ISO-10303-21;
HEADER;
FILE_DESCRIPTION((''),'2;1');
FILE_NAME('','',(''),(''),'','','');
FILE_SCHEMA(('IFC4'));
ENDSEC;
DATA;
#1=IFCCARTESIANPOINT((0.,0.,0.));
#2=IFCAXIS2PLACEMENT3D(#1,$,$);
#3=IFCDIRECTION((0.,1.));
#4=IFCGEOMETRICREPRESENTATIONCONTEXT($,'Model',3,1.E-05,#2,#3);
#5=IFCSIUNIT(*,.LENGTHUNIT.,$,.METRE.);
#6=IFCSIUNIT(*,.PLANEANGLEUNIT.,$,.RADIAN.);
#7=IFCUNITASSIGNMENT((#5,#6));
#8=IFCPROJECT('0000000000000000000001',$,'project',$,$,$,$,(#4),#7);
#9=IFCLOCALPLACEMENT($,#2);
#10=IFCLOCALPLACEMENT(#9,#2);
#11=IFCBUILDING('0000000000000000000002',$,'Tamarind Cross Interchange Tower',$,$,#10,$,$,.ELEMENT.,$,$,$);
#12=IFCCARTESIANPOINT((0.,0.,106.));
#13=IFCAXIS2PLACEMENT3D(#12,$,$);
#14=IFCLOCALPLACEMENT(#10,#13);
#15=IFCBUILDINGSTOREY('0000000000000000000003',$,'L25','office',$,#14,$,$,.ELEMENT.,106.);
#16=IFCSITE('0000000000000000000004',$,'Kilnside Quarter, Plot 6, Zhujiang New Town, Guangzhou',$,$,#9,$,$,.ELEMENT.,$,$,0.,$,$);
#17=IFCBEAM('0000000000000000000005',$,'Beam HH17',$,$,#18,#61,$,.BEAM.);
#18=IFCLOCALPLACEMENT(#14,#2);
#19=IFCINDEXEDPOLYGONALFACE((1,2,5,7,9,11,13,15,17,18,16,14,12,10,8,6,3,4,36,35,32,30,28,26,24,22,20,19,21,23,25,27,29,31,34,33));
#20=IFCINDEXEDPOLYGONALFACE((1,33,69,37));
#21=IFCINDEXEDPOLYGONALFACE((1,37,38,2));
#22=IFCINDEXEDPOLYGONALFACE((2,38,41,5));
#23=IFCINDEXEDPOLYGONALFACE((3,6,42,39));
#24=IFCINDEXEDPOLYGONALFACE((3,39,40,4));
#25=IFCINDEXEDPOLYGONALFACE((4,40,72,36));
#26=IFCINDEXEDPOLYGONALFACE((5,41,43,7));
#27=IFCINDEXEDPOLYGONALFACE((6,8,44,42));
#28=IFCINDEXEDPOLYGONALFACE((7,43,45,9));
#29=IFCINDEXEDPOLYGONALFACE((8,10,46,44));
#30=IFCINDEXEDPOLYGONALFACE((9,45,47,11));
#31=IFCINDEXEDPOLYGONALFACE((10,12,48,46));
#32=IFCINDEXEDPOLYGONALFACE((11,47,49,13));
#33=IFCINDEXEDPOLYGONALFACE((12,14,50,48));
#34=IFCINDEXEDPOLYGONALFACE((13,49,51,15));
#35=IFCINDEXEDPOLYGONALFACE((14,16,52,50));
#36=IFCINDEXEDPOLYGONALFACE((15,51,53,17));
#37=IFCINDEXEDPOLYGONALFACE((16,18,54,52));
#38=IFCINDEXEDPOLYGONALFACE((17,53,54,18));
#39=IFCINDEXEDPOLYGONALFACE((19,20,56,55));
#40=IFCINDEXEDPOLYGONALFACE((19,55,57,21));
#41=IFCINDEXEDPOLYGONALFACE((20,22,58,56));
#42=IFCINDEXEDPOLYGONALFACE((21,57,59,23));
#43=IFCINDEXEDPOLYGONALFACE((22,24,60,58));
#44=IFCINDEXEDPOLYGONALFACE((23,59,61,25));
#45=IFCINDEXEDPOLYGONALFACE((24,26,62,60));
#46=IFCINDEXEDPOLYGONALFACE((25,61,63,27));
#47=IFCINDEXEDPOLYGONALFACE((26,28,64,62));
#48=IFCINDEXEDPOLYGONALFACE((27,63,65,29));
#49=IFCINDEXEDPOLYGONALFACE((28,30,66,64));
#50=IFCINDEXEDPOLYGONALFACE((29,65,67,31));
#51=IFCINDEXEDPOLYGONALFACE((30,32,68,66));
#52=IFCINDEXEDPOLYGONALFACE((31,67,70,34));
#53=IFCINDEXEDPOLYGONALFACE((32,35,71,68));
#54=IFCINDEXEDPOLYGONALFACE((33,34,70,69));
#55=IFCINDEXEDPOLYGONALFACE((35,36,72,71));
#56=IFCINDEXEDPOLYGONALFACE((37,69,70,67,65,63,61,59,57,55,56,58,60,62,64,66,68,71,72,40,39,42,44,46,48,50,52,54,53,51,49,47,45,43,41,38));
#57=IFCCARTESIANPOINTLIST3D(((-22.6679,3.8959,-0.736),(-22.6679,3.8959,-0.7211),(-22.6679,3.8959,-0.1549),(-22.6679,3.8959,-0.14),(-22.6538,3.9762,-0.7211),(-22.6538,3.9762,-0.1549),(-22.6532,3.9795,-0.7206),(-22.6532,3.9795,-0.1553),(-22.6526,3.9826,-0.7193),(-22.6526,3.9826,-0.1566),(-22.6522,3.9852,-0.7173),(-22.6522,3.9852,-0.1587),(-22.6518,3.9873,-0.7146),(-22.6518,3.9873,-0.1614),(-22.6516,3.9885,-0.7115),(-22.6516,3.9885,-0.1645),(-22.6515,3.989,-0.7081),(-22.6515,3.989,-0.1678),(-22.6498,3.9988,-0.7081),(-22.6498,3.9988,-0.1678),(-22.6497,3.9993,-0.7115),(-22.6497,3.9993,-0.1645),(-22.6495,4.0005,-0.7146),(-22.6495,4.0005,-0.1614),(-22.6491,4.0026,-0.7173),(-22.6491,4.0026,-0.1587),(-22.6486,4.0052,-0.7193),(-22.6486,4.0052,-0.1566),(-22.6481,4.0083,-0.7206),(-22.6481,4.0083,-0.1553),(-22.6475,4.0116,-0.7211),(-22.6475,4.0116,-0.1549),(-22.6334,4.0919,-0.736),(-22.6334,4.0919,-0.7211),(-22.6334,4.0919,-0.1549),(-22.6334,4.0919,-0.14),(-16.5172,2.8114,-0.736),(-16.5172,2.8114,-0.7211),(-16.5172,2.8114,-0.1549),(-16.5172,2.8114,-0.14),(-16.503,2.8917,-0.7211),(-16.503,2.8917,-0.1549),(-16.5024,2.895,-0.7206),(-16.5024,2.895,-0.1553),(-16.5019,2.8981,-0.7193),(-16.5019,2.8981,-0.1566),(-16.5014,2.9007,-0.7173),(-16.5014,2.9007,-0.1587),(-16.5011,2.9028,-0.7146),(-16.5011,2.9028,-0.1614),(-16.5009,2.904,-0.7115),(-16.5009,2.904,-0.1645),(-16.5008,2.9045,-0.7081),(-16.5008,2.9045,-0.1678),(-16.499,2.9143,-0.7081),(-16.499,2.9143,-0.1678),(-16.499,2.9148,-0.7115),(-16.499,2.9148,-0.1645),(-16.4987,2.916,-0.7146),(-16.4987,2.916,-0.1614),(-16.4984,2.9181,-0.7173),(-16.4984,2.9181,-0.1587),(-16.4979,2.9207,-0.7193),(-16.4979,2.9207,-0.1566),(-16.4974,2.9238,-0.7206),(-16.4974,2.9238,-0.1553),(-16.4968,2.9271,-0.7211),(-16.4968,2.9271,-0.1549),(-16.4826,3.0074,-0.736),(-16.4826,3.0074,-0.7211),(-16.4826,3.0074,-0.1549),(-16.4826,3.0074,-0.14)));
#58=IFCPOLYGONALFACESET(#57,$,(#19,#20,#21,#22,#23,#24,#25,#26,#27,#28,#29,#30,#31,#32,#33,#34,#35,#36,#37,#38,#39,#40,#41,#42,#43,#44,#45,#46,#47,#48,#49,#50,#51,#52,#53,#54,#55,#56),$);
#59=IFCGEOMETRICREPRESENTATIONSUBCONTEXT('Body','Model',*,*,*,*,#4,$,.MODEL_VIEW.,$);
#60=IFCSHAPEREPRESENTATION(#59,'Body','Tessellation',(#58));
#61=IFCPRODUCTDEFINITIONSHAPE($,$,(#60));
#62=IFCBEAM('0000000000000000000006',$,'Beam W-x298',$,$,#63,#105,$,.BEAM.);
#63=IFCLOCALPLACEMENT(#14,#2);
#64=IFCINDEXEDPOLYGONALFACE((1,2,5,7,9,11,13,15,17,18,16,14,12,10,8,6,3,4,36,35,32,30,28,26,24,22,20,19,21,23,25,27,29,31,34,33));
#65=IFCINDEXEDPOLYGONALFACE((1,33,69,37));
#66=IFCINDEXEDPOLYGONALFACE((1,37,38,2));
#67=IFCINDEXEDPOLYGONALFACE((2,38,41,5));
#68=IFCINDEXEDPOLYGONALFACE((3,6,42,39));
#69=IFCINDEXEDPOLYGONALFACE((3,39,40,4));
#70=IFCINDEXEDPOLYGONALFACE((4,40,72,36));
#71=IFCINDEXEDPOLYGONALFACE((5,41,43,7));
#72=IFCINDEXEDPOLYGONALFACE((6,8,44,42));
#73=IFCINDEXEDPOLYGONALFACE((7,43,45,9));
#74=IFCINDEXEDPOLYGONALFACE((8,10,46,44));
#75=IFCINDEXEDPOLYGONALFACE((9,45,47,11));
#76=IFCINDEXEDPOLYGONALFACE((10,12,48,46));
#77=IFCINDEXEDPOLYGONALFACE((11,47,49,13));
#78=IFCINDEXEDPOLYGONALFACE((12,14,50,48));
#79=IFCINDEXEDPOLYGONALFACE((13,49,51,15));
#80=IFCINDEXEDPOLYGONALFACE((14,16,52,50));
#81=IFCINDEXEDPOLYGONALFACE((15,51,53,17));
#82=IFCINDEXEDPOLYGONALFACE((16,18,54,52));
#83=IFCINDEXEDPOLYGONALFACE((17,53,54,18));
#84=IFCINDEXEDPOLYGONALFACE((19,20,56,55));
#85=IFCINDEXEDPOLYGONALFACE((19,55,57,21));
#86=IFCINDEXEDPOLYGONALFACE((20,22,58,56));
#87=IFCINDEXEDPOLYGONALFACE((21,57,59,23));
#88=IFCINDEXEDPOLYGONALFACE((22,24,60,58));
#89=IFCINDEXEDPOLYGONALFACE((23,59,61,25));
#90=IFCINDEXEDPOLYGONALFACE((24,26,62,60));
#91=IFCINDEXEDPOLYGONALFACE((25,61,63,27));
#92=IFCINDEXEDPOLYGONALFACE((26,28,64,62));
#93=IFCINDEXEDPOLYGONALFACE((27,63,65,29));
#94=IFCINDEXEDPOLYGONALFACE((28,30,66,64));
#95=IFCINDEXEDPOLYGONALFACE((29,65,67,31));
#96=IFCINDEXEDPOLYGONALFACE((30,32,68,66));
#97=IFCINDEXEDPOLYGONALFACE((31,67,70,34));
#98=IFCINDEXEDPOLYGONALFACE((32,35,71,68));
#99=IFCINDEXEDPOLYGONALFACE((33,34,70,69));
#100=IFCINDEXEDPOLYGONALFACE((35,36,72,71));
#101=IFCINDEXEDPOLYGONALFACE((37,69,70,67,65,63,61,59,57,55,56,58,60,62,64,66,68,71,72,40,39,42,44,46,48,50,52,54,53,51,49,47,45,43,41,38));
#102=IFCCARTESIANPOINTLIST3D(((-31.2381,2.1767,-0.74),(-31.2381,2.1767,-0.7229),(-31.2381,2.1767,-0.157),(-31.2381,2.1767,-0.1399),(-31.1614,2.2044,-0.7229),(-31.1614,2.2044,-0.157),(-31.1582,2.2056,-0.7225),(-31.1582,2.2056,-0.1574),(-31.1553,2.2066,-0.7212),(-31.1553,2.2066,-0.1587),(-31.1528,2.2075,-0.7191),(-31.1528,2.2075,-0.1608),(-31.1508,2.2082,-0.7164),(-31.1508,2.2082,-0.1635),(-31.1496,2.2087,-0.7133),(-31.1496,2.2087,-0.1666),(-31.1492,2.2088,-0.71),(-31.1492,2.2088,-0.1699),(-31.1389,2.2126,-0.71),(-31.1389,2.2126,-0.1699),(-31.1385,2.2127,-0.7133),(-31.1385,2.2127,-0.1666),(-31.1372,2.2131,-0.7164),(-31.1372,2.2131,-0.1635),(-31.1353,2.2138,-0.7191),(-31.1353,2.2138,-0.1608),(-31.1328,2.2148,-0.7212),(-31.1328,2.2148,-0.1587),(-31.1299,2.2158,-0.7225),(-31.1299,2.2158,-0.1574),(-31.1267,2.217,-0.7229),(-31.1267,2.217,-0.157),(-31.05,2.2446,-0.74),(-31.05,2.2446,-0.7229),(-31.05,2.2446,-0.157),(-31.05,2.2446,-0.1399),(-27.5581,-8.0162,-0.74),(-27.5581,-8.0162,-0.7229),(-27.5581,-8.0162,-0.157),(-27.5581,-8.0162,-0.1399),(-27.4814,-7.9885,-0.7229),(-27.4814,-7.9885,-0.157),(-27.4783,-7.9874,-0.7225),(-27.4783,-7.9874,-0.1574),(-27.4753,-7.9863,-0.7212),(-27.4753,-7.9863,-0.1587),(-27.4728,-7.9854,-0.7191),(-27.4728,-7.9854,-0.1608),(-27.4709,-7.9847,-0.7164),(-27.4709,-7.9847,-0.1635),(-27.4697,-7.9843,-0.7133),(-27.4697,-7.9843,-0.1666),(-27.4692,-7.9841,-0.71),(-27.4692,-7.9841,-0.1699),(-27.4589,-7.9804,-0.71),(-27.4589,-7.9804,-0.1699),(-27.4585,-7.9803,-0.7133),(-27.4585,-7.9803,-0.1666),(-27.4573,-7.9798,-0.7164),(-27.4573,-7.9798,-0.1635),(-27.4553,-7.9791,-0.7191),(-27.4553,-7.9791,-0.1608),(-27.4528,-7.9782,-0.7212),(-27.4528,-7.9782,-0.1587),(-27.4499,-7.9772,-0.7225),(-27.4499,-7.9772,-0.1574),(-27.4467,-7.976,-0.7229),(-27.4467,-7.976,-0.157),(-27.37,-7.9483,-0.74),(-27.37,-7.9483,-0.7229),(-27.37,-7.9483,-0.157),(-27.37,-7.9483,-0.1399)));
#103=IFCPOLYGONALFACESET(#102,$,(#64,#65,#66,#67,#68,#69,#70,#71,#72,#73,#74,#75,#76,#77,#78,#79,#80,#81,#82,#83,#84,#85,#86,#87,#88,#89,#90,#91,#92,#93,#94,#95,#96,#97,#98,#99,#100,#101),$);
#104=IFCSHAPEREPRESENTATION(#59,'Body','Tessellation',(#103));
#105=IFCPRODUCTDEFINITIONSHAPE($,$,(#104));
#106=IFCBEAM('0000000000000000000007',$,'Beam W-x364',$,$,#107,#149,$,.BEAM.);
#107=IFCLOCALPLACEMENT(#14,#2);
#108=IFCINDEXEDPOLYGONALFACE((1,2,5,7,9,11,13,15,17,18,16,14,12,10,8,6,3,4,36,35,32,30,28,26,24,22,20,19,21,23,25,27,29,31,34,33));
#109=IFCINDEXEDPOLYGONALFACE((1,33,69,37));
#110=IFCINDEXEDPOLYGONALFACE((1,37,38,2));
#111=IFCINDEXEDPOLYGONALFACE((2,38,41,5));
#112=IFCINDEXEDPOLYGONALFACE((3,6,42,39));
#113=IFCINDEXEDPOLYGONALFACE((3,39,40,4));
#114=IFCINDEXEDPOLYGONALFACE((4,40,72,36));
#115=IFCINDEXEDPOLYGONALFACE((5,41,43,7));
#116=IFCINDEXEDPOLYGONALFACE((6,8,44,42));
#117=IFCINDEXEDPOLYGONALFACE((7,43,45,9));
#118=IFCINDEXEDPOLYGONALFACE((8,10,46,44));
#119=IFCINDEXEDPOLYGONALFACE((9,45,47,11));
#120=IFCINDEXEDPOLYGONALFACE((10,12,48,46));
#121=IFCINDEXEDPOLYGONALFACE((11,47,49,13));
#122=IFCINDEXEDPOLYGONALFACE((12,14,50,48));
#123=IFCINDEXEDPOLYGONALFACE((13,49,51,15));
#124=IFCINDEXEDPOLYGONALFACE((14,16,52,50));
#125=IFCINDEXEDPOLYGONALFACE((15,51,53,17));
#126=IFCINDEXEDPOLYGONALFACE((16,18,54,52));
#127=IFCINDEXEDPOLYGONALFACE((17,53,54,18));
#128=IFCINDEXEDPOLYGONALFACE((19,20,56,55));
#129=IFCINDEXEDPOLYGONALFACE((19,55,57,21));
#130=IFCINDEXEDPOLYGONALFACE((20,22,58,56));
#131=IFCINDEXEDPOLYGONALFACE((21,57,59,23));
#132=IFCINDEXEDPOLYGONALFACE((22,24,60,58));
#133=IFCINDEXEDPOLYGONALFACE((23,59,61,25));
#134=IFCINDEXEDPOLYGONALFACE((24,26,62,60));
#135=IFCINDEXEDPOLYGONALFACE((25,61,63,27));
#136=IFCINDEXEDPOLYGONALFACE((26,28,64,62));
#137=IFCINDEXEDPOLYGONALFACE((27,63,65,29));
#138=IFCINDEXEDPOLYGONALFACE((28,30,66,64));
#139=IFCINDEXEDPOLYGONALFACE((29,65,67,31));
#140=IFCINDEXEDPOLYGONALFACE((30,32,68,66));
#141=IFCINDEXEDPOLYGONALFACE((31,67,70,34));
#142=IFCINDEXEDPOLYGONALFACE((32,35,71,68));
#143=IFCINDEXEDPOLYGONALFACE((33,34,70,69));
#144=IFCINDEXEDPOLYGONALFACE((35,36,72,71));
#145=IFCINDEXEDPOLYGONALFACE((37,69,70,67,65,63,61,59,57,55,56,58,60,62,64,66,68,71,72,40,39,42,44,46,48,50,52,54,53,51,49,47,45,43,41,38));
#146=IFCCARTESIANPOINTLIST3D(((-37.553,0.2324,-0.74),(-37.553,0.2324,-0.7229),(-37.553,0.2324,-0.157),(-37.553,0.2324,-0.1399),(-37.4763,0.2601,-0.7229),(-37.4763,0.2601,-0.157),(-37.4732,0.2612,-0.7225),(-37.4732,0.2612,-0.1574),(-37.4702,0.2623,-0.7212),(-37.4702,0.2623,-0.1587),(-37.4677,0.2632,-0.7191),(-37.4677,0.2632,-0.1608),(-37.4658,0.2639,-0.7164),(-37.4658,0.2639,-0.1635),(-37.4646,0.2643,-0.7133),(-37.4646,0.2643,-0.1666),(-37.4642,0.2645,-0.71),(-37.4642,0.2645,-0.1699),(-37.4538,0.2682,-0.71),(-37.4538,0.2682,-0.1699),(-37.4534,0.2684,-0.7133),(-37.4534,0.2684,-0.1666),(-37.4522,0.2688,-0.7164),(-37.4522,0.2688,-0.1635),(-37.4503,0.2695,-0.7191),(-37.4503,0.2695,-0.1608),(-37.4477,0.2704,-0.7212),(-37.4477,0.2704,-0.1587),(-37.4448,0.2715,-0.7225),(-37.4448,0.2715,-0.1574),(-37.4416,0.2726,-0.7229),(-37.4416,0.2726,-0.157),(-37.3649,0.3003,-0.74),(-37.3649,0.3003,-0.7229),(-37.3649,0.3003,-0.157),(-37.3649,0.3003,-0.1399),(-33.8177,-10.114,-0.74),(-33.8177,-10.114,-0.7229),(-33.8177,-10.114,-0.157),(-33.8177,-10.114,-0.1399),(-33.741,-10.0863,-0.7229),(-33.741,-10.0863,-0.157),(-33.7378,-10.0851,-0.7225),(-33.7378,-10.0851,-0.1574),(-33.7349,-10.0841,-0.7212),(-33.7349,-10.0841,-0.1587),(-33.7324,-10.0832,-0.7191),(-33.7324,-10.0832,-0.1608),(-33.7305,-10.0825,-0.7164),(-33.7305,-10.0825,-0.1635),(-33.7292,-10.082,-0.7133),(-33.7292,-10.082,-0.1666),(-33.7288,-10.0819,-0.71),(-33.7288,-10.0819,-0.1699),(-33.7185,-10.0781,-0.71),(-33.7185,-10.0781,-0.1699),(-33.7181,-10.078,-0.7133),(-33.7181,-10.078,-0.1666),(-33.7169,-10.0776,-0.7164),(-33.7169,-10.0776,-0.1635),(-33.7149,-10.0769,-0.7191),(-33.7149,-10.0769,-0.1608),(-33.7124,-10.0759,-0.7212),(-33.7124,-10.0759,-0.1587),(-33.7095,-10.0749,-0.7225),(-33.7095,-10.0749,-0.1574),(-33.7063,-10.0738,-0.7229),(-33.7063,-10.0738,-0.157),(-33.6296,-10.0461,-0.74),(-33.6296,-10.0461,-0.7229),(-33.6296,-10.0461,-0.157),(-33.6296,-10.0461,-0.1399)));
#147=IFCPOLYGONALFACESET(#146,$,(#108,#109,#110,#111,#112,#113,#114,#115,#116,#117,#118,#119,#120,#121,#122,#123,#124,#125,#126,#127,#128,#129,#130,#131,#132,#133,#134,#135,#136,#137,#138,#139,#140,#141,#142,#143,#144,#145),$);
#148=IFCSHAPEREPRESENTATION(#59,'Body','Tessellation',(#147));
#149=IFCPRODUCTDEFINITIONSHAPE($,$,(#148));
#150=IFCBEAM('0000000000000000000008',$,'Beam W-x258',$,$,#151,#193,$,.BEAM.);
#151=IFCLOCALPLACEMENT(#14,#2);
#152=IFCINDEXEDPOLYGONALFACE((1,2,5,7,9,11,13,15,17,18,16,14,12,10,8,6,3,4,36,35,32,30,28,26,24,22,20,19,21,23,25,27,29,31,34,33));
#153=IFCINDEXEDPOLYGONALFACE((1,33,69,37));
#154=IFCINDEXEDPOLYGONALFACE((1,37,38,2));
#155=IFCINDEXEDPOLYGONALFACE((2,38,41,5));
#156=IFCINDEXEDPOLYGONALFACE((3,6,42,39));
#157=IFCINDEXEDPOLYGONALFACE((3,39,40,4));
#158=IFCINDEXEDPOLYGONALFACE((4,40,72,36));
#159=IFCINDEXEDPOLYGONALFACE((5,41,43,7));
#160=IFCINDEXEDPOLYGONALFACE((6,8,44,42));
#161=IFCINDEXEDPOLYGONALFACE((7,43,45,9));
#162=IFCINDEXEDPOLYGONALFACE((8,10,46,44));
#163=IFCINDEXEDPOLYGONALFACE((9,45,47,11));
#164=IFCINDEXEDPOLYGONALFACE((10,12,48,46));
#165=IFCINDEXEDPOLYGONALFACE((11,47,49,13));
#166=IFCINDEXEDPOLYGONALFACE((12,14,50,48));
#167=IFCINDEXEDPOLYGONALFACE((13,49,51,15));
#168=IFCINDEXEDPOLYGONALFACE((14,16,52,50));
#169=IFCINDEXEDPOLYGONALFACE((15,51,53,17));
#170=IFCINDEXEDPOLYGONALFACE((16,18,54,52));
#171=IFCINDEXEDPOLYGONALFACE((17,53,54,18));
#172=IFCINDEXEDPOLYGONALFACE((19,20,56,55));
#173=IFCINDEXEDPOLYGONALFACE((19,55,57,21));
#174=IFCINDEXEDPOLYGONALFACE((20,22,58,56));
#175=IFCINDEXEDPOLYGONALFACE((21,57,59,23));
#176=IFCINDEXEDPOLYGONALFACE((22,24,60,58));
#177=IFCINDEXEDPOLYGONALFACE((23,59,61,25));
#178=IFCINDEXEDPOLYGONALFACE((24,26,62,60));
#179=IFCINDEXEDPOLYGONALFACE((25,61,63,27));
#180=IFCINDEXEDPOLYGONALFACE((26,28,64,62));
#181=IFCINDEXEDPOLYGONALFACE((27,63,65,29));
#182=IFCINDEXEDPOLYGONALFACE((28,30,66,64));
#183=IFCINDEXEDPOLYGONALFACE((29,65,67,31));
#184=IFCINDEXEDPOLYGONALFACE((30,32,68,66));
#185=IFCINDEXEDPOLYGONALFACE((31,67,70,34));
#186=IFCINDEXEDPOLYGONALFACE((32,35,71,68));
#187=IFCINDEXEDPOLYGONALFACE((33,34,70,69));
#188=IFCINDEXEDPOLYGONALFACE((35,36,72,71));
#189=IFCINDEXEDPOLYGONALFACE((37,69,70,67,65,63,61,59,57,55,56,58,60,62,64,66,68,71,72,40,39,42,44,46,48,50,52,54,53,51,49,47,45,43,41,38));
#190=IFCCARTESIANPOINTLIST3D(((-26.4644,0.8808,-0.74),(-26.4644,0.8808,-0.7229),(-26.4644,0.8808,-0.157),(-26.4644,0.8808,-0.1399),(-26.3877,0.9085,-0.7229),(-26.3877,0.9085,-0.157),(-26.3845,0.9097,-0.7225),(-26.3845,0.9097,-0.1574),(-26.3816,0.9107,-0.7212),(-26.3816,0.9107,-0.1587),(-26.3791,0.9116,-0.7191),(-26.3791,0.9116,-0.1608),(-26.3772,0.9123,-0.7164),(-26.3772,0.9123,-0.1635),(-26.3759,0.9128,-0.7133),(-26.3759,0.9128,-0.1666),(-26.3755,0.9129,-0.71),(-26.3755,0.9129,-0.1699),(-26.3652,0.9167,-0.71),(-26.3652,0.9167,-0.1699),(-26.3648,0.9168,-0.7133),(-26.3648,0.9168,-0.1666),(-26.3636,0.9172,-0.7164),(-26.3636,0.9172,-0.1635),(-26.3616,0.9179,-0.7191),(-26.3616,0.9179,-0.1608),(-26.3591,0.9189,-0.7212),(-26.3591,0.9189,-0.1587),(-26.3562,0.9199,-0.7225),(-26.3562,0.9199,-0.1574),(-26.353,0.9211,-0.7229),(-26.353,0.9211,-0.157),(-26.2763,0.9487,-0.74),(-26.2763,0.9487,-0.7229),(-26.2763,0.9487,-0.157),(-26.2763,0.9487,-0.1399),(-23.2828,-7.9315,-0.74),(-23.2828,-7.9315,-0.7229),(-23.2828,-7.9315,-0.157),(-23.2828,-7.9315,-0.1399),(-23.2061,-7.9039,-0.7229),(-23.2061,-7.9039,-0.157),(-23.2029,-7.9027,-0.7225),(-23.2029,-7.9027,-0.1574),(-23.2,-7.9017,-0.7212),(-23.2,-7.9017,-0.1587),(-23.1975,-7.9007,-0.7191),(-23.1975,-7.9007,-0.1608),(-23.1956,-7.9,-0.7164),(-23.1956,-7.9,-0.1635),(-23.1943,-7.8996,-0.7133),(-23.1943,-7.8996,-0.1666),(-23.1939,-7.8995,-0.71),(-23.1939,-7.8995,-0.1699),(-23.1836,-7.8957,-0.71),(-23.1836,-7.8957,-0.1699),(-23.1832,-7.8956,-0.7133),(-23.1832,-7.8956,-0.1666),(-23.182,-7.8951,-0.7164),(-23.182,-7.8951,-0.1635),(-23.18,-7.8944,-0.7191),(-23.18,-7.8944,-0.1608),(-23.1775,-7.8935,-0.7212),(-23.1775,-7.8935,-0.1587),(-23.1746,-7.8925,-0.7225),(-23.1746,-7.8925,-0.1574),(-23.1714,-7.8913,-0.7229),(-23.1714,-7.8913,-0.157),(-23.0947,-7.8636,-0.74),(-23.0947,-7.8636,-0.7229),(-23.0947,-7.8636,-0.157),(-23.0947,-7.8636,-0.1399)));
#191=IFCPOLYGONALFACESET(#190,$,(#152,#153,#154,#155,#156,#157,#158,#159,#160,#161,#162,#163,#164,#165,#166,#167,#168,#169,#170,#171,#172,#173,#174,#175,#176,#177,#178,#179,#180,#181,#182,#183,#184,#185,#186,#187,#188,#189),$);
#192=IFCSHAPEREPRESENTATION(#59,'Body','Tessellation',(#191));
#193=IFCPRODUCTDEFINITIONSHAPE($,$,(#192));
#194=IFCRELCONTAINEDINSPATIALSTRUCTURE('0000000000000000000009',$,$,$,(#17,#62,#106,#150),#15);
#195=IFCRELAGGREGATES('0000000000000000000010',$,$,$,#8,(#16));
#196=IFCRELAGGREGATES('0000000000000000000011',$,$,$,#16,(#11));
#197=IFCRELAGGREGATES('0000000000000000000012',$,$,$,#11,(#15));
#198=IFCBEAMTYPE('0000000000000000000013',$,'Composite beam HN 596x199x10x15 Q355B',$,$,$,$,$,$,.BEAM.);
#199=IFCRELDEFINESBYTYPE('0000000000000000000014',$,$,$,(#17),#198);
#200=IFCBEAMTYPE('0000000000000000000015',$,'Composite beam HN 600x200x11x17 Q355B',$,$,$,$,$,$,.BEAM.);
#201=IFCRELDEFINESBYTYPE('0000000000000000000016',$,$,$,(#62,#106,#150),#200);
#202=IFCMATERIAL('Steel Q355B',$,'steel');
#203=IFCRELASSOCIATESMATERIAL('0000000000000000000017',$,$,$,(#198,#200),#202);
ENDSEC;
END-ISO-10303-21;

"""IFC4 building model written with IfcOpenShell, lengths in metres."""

from ifc_helpers import new_model, si_unit, direction, frame, origin, origin_2d, place, context, subcontext, project, spatial, i_section, extrude, material, material_profile, profile_set, type_object, element, save


model = new_model("IFC4")

# Units and contexts
model_context = context("Model", 3, precision=1e-05, world=origin(), true_north=direction((0.0, 1.0)))
body_context = subcontext(model_context, "Body", "Model", "MODEL_VIEW")
ifc_project = project(units=[si_unit("LENGTHUNIT", "METRE"), si_unit("PLANEANGLEUNIT", "RADIAN")], contexts=[model_context])

# Site, building, storey
site_placement = place(None, origin())
site = spatial("IfcSite", under=ifc_project, at=site_placement, Name="Kilnside Quarter, Plot 6, Zhujiang New Town, Guangzhou", CompositionType="ELEMENT", RefElevation=0.0)
building_placement = place(site_placement, origin())
building = spatial("IfcBuilding", under=site, at=building_placement, Name="Tamarind Cross Interchange Tower", CompositionType="ELEMENT")
storey_placement = place(building_placement, frame((0.0, 0.0, 106.0)))
storey = spatial("IfcBuildingStorey", under=building, at=storey_placement, Name="L25", Description="office", CompositionType="ELEMENT", Elevation=106.0)

# Beams
ifc_material_1 = material(Name="Steel Q355B", Category="steel")
ifc_material_profile_1 = material_profile(ifc_material_1, i_section(OverallWidth=0.199, OverallDepth=0.5959, WebThickness=0.01, FlangeThickness=0.0149, FilletRadius=0.0129, at=origin_2d()), Name="HN 596x199x10x15")
ifc_profile_set_1 = profile_set([ifc_material_profile_1], Name="Steel Q355B")
beam_type_1 = type_object("IfcBeamType", Name="Composite beam HN 596x199x10x15 Q355B", PredefinedType="BEAM", material=ifc_profile_set_1)
beam_1_placement = place(storey_placement, frame((-22.6506, 3.9939, -0.438), z_axis=(0.984809, -0.17364, 0.0), x_axis=(0.17364, 0.984809, 0.0)))
element("IfcBeam", 1, at=beam_1_placement, inside=storey, type_object=beam_type_1, Name="Beam HH17", PredefinedType="BEAM", context=body_context, shape_type="SweptSolid", body=[
    extrude(i_section(OverallWidth=0.199, OverallDepth=0.5959, WebThickness=0.01, FlangeThickness=0.0149, FilletRadius=0.0129, at=origin_2d()), origin(), (0.0, 0.0, 1.0), 6.2456),
])
ifc_material_profile_2 = material_profile(ifc_material_1, i_section(OverallWidth=0.2, OverallDepth=0.6001, WebThickness=0.011, FlangeThickness=0.0171, FilletRadius=0.0129, at=origin_2d()), Name="HN 600x200x11x17")
ifc_profile_set_2 = profile_set([ifc_material_profile_2], Name="Steel Q355B")
beam_type_2 = type_object("IfcBeamType", Name="Composite beam HN 600x200x11x17 Q355B", PredefinedType="BEAM", material=ifc_profile_set_2)
beam_2_placement = place(storey_placement, frame((-31.144, 2.2107, -0.4399), z_axis=(0.339577, -0.940578, 0.0), x_axis=(0.940578, 0.339577, 0.0)))
element("IfcBeam", 2, at=beam_2_placement, inside=storey, type_object=beam_type_2, Name="Beam W-x298", PredefinedType="BEAM", context=body_context, shape_type="SweptSolid", body=[
    extrude(i_section(OverallWidth=0.2, OverallDepth=0.6001, WebThickness=0.011, FlangeThickness=0.0171, FilletRadius=0.0129, at=origin_2d()), origin(), (0.0, 0.0, 1.0), 10.8369),
])
beam_3_placement = place(storey_placement, frame((-37.459, 0.2664, -0.4399), z_axis=(0.339575, -0.940579, 0.0), x_axis=(0.940579, 0.339575, 0.0)))
element("IfcBeam", 3, at=beam_3_placement, inside=storey, type_object=beam_type_2, Name="Beam W-x364", PredefinedType="BEAM", context=body_context, shape_type="SweptSolid", body=[
    extrude(i_section(OverallWidth=0.2, OverallDepth=0.6001, WebThickness=0.011, FlangeThickness=0.0171, FilletRadius=0.0129, at=origin_2d()), origin(), (0.0, 0.0, 1.0), 11.0),
])
beam_4_placement = place(storey_placement, frame((-26.3704, 0.9148, -0.4399), z_axis=(0.339583, -0.940576, 0.0), x_axis=(0.940576, 0.339583, 0.0)))
element("IfcBeam", 4, at=beam_4_placement, inside=storey, type_object=beam_type_2, Name="Beam W-x258", PredefinedType="BEAM", context=body_context, shape_type="SweptSolid", body=[
    extrude(i_section(OverallWidth=0.2, OverallDepth=0.6001, WebThickness=0.011, FlangeThickness=0.0171, FilletRadius=0.0129, at=origin_2d()), origin(), (0.0, 0.0, 1.0), 9.3691),
])

save(model, "model.ifc")
